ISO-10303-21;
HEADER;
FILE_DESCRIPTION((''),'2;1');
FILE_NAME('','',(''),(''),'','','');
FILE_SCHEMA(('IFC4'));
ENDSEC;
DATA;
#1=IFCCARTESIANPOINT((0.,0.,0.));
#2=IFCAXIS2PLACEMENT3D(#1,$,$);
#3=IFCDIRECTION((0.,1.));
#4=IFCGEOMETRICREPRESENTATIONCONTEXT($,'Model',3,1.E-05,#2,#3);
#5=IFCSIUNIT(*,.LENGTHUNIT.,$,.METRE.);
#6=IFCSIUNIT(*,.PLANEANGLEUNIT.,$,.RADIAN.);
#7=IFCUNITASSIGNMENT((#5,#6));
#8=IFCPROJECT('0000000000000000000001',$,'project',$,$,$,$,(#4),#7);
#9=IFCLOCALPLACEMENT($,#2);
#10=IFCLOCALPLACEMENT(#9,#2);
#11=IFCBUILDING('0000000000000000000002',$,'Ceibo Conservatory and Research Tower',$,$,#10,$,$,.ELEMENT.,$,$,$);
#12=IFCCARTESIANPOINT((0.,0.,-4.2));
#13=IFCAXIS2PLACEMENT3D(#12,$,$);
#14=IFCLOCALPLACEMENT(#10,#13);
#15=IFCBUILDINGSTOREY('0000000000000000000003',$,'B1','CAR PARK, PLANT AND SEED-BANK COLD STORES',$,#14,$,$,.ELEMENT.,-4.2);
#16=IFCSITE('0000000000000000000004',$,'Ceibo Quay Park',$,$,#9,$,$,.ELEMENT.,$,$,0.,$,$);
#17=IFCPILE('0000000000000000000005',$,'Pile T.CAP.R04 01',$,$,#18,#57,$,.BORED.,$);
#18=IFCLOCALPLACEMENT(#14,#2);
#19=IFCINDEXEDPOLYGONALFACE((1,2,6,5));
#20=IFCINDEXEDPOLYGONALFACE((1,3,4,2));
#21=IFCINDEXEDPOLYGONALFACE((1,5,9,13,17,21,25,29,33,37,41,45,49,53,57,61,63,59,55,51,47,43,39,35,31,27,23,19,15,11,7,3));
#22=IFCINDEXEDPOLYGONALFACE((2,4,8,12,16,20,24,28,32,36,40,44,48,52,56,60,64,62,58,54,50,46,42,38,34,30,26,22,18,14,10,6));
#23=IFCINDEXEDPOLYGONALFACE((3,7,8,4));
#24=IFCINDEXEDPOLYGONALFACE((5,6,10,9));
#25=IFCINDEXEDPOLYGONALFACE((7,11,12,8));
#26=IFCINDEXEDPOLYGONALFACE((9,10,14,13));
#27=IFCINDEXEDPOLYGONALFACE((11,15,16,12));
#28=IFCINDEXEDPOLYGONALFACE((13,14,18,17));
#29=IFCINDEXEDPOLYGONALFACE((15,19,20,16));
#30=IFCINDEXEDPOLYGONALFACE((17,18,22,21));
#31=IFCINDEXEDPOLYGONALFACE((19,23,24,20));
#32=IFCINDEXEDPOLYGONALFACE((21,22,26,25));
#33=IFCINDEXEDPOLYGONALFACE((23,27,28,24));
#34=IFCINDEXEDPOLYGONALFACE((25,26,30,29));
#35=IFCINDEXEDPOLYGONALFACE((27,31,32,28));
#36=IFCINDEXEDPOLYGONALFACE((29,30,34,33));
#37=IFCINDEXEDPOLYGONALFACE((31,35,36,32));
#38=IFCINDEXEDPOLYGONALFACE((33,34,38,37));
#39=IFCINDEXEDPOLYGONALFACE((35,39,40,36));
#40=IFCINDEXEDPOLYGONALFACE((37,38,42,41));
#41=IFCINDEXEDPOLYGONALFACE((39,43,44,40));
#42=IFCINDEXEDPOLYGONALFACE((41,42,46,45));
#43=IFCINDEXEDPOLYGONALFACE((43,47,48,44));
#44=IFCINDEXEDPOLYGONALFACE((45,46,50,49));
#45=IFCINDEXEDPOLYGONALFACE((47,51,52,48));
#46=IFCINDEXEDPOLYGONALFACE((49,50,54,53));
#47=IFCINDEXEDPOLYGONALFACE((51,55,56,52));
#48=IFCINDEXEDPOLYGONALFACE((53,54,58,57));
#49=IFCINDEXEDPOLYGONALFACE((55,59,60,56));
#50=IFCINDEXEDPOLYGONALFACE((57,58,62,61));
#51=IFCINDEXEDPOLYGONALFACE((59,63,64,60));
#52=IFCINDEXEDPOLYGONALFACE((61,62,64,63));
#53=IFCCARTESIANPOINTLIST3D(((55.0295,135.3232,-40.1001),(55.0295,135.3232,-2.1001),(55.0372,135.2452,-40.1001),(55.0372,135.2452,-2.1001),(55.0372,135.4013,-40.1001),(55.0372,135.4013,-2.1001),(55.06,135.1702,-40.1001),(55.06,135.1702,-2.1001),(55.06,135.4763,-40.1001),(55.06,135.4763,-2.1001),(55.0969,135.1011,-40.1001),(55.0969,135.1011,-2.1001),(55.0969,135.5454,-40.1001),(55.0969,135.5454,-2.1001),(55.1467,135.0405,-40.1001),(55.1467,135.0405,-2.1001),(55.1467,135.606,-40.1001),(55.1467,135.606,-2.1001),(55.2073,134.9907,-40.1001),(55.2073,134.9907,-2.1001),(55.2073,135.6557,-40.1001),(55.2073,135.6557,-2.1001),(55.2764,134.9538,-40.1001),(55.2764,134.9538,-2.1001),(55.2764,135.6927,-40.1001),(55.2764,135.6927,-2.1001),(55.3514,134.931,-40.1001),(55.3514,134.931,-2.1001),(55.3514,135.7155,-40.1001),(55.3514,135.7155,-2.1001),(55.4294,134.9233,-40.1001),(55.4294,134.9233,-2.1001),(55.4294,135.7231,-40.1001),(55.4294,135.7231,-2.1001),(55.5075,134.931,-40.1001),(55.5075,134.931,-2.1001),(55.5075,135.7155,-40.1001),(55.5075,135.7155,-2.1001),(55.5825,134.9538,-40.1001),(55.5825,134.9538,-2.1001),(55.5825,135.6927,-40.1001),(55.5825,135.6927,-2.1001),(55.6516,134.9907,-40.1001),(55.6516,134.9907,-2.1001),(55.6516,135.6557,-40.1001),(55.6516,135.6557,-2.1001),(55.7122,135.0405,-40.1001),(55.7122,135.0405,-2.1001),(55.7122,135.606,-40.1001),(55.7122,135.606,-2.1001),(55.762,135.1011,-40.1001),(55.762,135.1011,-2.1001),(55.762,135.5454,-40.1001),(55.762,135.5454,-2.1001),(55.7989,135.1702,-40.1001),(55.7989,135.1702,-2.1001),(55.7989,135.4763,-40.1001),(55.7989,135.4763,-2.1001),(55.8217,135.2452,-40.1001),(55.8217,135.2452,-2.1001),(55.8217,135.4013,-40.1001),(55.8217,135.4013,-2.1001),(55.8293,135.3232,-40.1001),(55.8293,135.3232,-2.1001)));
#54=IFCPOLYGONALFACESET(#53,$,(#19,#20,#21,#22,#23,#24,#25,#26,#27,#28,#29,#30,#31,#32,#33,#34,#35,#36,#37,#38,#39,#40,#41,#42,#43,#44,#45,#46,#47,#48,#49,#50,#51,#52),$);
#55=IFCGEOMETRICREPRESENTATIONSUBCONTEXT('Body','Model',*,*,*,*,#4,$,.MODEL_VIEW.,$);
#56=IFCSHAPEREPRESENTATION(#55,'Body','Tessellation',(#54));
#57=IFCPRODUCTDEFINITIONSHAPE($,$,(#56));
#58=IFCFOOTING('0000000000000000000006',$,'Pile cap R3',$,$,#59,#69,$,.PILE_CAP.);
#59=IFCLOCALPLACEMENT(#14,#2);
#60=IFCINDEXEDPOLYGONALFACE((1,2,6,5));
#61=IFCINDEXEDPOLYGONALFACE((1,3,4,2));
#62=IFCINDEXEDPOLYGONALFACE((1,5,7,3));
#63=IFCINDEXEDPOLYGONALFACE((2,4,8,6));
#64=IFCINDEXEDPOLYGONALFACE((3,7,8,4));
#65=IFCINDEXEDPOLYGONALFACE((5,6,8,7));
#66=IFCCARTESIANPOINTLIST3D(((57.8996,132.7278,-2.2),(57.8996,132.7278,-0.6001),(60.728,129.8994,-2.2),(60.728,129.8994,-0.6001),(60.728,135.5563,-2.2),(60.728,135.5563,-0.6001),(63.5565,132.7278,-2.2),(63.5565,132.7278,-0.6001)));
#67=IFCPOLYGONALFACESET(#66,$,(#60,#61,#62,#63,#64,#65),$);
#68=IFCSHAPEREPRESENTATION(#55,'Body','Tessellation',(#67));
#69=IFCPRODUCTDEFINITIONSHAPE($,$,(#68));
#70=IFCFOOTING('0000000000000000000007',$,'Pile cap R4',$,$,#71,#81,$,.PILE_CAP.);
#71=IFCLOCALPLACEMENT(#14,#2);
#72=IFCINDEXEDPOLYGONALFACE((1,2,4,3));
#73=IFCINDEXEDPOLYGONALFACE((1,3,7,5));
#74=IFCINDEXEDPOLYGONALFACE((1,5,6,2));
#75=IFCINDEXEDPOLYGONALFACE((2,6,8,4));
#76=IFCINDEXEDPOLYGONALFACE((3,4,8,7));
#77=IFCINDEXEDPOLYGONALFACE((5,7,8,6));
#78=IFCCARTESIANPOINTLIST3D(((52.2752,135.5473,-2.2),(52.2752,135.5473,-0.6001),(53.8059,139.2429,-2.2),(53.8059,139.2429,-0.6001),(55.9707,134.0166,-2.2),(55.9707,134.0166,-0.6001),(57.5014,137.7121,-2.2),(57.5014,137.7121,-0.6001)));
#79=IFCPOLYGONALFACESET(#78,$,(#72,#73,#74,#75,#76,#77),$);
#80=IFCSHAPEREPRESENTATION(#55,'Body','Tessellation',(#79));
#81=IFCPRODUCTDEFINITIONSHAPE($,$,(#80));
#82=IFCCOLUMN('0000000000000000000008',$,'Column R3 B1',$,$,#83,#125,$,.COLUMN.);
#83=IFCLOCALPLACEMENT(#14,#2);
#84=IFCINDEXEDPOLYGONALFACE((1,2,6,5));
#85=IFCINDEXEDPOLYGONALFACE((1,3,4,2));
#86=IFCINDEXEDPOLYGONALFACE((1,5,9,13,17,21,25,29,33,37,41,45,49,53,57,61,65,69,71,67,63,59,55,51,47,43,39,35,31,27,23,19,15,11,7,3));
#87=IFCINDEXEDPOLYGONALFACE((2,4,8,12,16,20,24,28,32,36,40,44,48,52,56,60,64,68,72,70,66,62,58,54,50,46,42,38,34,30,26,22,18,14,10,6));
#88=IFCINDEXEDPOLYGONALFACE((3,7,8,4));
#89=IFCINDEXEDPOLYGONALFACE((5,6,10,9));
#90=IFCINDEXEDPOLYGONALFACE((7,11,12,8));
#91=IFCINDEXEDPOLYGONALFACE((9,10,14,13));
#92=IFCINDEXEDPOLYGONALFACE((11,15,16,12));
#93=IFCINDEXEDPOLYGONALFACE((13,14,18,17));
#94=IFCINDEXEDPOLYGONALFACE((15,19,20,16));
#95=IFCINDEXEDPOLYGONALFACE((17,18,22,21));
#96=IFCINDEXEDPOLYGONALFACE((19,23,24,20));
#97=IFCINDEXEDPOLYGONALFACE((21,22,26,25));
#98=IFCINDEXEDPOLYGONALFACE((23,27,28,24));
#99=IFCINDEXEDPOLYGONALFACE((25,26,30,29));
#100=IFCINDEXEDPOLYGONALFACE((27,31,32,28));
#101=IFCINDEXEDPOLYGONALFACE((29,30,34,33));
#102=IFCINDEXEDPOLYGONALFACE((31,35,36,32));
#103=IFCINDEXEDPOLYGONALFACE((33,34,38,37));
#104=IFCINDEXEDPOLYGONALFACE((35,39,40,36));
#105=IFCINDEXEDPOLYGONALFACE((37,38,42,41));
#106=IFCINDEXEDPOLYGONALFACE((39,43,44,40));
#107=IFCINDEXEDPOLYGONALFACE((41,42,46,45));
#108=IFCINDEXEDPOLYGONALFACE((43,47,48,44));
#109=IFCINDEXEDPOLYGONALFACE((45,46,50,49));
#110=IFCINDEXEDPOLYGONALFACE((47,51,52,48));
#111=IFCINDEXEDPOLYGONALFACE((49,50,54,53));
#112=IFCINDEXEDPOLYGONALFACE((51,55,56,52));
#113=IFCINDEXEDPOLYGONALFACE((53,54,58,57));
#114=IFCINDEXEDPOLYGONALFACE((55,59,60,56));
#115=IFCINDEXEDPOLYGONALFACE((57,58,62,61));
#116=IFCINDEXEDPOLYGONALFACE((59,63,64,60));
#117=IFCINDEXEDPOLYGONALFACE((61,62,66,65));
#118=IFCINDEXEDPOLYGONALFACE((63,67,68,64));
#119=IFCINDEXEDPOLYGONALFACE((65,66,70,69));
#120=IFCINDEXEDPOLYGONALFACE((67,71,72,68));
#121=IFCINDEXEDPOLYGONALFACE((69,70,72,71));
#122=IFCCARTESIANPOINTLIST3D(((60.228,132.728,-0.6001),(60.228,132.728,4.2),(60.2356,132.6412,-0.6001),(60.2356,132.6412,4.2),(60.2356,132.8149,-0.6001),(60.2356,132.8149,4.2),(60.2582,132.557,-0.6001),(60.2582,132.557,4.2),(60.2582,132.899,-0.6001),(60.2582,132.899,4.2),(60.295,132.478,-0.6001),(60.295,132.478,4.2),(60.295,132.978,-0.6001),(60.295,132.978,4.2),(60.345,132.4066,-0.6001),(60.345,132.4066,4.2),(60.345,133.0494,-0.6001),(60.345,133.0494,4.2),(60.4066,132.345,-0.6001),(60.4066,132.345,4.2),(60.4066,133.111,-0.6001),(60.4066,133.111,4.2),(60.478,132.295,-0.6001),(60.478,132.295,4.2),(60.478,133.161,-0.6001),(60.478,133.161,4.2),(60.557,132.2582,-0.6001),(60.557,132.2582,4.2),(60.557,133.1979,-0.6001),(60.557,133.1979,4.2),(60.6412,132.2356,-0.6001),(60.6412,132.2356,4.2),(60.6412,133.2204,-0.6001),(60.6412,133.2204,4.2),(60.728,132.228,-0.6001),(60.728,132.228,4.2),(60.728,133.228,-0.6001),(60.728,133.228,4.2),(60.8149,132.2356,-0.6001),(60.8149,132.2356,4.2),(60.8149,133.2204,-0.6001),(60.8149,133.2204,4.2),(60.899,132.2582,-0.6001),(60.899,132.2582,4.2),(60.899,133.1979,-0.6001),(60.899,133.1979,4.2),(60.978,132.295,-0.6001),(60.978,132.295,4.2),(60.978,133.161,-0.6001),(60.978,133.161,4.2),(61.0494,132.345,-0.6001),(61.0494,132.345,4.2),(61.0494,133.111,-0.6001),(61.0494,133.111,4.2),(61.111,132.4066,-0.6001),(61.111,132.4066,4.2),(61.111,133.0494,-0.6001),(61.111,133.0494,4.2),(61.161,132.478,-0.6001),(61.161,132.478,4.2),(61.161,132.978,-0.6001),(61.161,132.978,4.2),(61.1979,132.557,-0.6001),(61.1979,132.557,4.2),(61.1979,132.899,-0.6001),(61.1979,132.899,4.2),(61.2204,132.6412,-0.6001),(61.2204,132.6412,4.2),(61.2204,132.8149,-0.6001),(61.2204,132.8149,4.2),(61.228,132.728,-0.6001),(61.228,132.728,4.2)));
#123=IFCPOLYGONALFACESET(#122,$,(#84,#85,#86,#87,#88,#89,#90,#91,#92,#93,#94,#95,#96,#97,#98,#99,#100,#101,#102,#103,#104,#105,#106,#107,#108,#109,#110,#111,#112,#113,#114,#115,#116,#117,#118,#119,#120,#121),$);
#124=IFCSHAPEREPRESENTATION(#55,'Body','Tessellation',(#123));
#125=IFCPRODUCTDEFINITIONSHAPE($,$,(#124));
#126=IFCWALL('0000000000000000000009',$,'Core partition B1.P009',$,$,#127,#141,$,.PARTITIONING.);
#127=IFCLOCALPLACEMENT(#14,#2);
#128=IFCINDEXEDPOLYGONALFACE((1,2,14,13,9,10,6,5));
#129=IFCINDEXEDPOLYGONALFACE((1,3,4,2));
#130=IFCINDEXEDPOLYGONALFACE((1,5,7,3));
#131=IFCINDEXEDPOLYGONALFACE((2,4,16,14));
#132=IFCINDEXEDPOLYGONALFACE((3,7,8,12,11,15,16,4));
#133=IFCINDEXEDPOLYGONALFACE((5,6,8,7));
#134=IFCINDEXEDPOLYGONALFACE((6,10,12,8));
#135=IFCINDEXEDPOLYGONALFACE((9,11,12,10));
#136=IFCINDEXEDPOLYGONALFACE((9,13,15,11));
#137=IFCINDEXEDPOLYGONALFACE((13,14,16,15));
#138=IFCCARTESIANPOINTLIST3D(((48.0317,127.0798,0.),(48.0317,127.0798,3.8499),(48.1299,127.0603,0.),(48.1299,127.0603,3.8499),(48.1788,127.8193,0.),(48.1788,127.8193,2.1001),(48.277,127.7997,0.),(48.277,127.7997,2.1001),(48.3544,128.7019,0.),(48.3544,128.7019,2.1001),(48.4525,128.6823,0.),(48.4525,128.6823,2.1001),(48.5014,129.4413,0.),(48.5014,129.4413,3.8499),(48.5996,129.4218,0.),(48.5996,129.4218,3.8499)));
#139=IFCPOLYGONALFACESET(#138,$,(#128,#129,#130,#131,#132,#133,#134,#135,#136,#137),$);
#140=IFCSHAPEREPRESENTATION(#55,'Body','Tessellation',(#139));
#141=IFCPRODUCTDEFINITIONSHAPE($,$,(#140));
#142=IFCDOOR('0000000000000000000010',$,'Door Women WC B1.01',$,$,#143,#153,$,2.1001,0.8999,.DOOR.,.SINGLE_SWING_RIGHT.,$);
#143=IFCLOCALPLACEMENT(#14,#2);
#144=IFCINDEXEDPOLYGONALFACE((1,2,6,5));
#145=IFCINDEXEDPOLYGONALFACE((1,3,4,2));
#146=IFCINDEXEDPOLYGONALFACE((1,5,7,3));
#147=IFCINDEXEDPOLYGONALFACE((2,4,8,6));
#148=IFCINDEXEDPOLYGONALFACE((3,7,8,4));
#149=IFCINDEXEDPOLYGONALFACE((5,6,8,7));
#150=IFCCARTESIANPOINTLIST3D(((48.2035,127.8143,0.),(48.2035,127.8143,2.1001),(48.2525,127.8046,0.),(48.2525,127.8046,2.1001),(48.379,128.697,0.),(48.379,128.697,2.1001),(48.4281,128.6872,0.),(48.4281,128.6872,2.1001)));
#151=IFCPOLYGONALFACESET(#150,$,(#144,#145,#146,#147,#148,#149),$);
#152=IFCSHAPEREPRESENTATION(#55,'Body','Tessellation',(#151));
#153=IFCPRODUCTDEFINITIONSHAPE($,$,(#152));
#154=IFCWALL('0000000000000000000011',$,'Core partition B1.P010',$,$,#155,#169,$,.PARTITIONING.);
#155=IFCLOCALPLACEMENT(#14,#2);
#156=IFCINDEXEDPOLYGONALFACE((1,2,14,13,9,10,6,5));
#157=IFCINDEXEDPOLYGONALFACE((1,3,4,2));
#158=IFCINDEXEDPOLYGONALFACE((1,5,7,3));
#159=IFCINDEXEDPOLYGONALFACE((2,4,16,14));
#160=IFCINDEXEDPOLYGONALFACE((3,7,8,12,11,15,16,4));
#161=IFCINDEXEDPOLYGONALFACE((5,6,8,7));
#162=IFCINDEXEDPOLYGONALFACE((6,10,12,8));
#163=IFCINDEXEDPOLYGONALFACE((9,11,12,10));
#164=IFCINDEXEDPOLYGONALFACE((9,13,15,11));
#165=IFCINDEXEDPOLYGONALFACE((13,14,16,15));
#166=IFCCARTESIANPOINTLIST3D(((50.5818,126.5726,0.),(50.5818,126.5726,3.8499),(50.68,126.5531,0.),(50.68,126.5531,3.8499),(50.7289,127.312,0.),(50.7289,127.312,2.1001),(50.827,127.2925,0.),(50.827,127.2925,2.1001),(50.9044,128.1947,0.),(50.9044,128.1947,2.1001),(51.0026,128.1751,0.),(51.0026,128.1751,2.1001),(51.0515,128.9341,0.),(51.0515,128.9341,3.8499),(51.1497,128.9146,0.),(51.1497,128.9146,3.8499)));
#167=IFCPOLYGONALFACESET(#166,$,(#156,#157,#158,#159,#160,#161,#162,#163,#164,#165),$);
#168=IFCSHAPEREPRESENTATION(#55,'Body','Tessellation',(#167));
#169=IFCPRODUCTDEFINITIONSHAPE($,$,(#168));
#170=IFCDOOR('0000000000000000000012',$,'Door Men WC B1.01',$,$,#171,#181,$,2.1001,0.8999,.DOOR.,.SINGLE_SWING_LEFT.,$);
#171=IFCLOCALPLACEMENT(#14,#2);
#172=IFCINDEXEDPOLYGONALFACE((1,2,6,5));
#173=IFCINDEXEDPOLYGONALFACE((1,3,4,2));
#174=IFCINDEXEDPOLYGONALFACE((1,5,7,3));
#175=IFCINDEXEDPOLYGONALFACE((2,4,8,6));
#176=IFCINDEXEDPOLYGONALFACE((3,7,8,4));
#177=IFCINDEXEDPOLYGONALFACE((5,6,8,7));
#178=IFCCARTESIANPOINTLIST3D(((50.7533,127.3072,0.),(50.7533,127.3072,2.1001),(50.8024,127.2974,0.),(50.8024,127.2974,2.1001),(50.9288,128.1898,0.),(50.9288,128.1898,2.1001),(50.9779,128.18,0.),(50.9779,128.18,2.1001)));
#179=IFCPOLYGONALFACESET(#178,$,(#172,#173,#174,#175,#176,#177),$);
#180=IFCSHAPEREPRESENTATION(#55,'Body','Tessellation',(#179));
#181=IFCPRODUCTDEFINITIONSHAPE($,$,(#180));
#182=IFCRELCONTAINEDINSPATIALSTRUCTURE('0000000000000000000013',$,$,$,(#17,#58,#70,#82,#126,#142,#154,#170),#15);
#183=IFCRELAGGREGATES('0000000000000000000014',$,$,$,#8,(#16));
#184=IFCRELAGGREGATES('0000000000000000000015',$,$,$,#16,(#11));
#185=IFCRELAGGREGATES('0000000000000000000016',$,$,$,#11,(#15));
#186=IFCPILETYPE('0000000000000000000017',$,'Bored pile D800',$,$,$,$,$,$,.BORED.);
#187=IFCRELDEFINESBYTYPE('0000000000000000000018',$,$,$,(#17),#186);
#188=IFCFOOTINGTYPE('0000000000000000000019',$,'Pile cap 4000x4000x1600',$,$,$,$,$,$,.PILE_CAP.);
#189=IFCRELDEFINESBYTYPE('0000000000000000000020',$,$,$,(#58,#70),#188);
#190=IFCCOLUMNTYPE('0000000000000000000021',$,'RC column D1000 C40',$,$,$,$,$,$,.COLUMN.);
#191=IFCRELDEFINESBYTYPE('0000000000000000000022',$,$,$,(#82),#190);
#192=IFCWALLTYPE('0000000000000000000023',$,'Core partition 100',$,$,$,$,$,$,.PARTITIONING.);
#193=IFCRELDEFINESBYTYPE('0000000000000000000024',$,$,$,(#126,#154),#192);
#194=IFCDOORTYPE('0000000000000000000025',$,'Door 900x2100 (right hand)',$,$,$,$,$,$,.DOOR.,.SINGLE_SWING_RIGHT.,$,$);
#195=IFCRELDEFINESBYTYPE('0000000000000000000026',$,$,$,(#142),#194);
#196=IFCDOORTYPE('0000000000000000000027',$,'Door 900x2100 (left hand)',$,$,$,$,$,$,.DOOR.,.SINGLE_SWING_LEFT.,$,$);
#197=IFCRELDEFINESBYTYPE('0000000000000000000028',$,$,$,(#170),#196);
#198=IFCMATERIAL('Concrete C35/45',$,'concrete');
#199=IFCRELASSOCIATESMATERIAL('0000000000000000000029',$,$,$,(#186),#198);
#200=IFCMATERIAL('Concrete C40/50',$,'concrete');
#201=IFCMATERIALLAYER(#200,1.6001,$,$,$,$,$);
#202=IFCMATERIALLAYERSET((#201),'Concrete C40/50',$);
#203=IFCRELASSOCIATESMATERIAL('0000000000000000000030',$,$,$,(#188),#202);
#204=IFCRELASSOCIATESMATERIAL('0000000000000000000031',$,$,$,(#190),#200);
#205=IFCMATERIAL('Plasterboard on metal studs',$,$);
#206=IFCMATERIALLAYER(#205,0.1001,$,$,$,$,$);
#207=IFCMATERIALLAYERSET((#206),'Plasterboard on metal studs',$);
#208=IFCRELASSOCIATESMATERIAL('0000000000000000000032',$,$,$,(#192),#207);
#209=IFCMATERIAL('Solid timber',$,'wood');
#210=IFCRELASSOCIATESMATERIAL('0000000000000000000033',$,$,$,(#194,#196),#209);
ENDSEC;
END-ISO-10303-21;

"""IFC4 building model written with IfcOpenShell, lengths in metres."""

from ifc_helpers import new_model, si_unit, direction, frame, frame_2d, origin, origin_2d, place, context, subcontext, project, spatial, polyline, rectangle, circle, outline, extrude, material, layer, layer_set, material_profile, profile_set, type_object, element, fill, save


model = new_model("IFC4")

# Units and contexts
model_context = context("Model", 3, precision=1e-05, world=origin(), true_north=direction((0.0, 1.0)))
body_context = subcontext(model_context, "Body", "Model", "MODEL_VIEW")
ifc_project = project(units=[si_unit("LENGTHUNIT", "METRE"), si_unit("PLANEANGLEUNIT", "RADIAN")], contexts=[model_context])

# Site, building, storey
site_placement = place(None, origin())
site = spatial("IfcSite", under=ifc_project, at=site_placement, Name="Ceibo Quay Park", CompositionType="ELEMENT", RefElevation=0.0)
building_placement = place(site_placement, origin())
building = spatial("IfcBuilding", under=site, at=building_placement, Name="Ceibo Conservatory and Research Tower", CompositionType="ELEMENT")
storey_placement = place(building_placement, frame((0.0, 0.0, -4.2)))
storey = spatial("IfcBuildingStorey", under=building, at=storey_placement, Name="B1", Description="CAR PARK, PLANT AND SEED-BANK COLD STORES", CompositionType="ELEMENT", Elevation=-4.2)

# Pile
ifc_material_1 = material(Name="Concrete C35/45", Category="concrete")
ifc_material_profile_1 = material_profile(ifc_material_1, circle(Radius=0.3999, at=origin_2d()), Name="RC D800")
ifc_profile_set_1 = profile_set([ifc_material_profile_1], Name="Concrete C35/45")
pile_type = type_object("IfcPileType", Name="Bored pile D800", PredefinedType="BORED", material=ifc_profile_set_1)
for number, where, z_axis, x_axis, name in (
    (1, (55.4294, 135.3232, -2.1001), (0.0, 0.0, -1.0), (1.0, 0.0, 0.0), "Pile T.CAP.R04 01"),
):
    element("IfcPile", number, at=place(storey_placement, frame(where, z_axis=z_axis, x_axis=x_axis)), inside=storey, type_object=pile_type, Name=name, PredefinedType="BORED", context=body_context, shape_type="SweptSolid", body=[
        extrude(circle(Radius=0.3999, at=origin_2d()), origin(), (0.0, 0.0, 1.0), 38.0),
    ])

# Footings
ifc_material_2 = material(Name="Concrete C40/50", Category="concrete")
ifc_layer_1 = layer(ifc_material_2, 1.6001)
ifc_layer_set_1 = layer_set([ifc_layer_1], Name="Concrete C40/50")
footing_type = type_object("IfcFootingType", Name="Pile cap 4000x4000x1600", PredefinedType="PILE_CAP", material=ifc_layer_set_1)
for number, where, z_axis, x_axis, name in (
    (2, (60.728, 129.8994, -2.2), (0.0, 0.0, 1.0), (0.707107, 0.707107, 0.0), "Pile cap R3"),
    (3, (55.9707, 134.0166, -2.2), (0.0, 0.0, 1.0), (0.382684, 0.92388, 0.0), "Pile cap R4"),
):
    element("IfcFooting", number, at=place(storey_placement, frame(where, z_axis=z_axis, x_axis=x_axis)), inside=storey, type_object=footing_type, Name=name, PredefinedType="PILE_CAP", context=body_context, shape_type="SweptSolid", body=[
        extrude(outline(polyline([(0.0, 0.0), (4.0, 0.0), (4.0, 4.0), (0.0, 4.0), (0.0, 0.0)])), origin(), (0.0, 0.0, 1.0), 1.5999),
    ])

# Column
ifc_material_profile_2 = material_profile(ifc_material_2, circle(Radius=0.5, at=origin_2d()), Name="RC D1000")
ifc_profile_set_2 = profile_set([ifc_material_profile_2], Name="Concrete C40/50")
column_type = type_object("IfcColumnType", Name="RC column D1000 C40", PredefinedType="COLUMN", material=ifc_profile_set_2)
column_placement = place(storey_placement, frame((60.728, 132.728, -0.6001), z_axis=(0.0, 0.0, 1.0), x_axis=(1.0, 0.0, 0.0)))
element("IfcColumn", 4, at=column_placement, inside=storey, type_object=column_type, Name="Column R3 B1", PredefinedType="COLUMN", context=body_context, shape_type="SweptSolid", body=[
    extrude(circle(Radius=0.5, at=origin_2d()), origin(), (0.0, 0.0, 1.0), 4.8),
])

# Walls, openings, doors
ifc_material_3 = material(Name="Plasterboard on metal studs")
ifc_layer_2 = layer(ifc_material_3, 0.1001)
ifc_layer_set_2 = layer_set([ifc_layer_2], Name="Plasterboard on metal studs")
wall_type_1 = type_object("IfcWallType", Name="Core partition 100", PredefinedType="PARTITIONING", material=ifc_layer_set_2)
wall_1_placement = place(storey_placement, frame((48.0808, 127.0701, 0.0), z_axis=(0.0, 0.0, 1.0), x_axis=(0.195083, 0.980787, 0.0)))
wall_1 = element("IfcWall", 5, at=wall_1_placement, inside=storey, type_object=wall_type_1, Name="Core partition B1.P009", PredefinedType="PARTITIONING", context=body_context, shape_type="SweptSolid", body=[
    extrude(rectangle(XDim=2.4077, YDim=0.1001, at=frame_2d((1.2039, 0.0))), origin(), (0.0, 0.0, 1.0), 3.8499),
])
opening_1_placement = place(wall_1_placement, frame((0.7539, 0.0, 0.0)))
opening_1 = element("IfcOpeningElement", 6, at=opening_1_placement, cuts=wall_1, PredefinedType="OPENING", context=body_context, shape_type="SweptSolid", body=[
    extrude(rectangle(XDim=0.8999, YDim=2.1001, at=frame_2d((0.45, 1.05))), frame((0.0, 0.0601, 0.0), z_axis=(0.0, -1.0, 0.0), x_axis=(1.0, 0.0, 0.0)), (0.0, 0.0, 1.0), 0.1201),
])
ifc_material_4 = material(Name="Solid timber", Category="wood")
door_type_1 = type_object("IfcDoorType", Name="Door 900x2100 (right hand)", OperationType="SINGLE_SWING_RIGHT", PredefinedType="DOOR", material=ifc_material_4)
door_1_placement = place(opening_1_placement, origin())
door_1 = element("IfcDoor", 7, at=door_1_placement, inside=storey, type_object=door_type_1, Name="Door Women WC B1.01", OperationType="SINGLE_SWING_RIGHT", OverallHeight=2.1001, OverallWidth=0.8999, PredefinedType="DOOR", context=body_context, shape_type="SweptSolid", body=[
    extrude(rectangle(XDim=0.8999, YDim=2.1001, at=frame_2d((0.45, 1.05))), frame((0.0, 0.0249, 0.0), z_axis=(0.0, -1.0, 0.0), x_axis=(1.0, 0.0, 0.0)), (0.0, 0.0, 1.0), 0.05),
])
fill(opening_1, door_1)
wall_2_placement = place(storey_placement, frame((51.1006, 128.9243, 0.0), z_axis=(0.0, 0.0, 1.0), x_axis=(-0.195083, -0.980787, 0.0)))
wall_2 = element("IfcWall", 8, at=wall_2_placement, inside=storey, type_object=wall_type_1, Name="Core partition B1.P010", PredefinedType="PARTITIONING", context=body_context, shape_type="SweptSolid", body=[
    extrude(rectangle(XDim=2.4077, YDim=0.1001, at=frame_2d((1.2039, 0.0))), origin(), (0.0, 0.0, 1.0), 3.8499),
])
opening_2_placement = place(wall_2_placement, frame((0.7539, 0.0, 0.0)))
opening_2 = element("IfcOpeningElement", 9, at=opening_2_placement, cuts=wall_2, PredefinedType="OPENING", context=body_context, shape_type="SweptSolid", body=[
    extrude(rectangle(XDim=0.8999, YDim=2.1001, at=frame_2d((0.45, 1.05))), frame((0.0, 0.0601, 0.0), z_axis=(0.0, -1.0, 0.0), x_axis=(1.0, 0.0, 0.0)), (0.0, 0.0, 1.0), 0.1201),
])
door_type_2 = type_object("IfcDoorType", Name="Door 900x2100 (left hand)", OperationType="SINGLE_SWING_LEFT", PredefinedType="DOOR", material=ifc_material_4)
door_2_placement = place(opening_2_placement, origin())
door_2 = element("IfcDoor", 10, at=door_2_placement, inside=storey, type_object=door_type_2, Name="Door Men WC B1.01", OperationType="SINGLE_SWING_LEFT", OverallHeight=2.1001, OverallWidth=0.8999, PredefinedType="DOOR", context=body_context, shape_type="SweptSolid", body=[
    extrude(rectangle(XDim=0.8999, YDim=2.1001, at=frame_2d((0.45, 1.05))), frame((0.0, 0.0249, 0.0), z_axis=(0.0, -1.0, 0.0), x_axis=(1.0, 0.0, 0.0)), (0.0, 0.0, 1.0), 0.05),
])
fill(opening_2, door_2)

save(model, "model.ifc")
